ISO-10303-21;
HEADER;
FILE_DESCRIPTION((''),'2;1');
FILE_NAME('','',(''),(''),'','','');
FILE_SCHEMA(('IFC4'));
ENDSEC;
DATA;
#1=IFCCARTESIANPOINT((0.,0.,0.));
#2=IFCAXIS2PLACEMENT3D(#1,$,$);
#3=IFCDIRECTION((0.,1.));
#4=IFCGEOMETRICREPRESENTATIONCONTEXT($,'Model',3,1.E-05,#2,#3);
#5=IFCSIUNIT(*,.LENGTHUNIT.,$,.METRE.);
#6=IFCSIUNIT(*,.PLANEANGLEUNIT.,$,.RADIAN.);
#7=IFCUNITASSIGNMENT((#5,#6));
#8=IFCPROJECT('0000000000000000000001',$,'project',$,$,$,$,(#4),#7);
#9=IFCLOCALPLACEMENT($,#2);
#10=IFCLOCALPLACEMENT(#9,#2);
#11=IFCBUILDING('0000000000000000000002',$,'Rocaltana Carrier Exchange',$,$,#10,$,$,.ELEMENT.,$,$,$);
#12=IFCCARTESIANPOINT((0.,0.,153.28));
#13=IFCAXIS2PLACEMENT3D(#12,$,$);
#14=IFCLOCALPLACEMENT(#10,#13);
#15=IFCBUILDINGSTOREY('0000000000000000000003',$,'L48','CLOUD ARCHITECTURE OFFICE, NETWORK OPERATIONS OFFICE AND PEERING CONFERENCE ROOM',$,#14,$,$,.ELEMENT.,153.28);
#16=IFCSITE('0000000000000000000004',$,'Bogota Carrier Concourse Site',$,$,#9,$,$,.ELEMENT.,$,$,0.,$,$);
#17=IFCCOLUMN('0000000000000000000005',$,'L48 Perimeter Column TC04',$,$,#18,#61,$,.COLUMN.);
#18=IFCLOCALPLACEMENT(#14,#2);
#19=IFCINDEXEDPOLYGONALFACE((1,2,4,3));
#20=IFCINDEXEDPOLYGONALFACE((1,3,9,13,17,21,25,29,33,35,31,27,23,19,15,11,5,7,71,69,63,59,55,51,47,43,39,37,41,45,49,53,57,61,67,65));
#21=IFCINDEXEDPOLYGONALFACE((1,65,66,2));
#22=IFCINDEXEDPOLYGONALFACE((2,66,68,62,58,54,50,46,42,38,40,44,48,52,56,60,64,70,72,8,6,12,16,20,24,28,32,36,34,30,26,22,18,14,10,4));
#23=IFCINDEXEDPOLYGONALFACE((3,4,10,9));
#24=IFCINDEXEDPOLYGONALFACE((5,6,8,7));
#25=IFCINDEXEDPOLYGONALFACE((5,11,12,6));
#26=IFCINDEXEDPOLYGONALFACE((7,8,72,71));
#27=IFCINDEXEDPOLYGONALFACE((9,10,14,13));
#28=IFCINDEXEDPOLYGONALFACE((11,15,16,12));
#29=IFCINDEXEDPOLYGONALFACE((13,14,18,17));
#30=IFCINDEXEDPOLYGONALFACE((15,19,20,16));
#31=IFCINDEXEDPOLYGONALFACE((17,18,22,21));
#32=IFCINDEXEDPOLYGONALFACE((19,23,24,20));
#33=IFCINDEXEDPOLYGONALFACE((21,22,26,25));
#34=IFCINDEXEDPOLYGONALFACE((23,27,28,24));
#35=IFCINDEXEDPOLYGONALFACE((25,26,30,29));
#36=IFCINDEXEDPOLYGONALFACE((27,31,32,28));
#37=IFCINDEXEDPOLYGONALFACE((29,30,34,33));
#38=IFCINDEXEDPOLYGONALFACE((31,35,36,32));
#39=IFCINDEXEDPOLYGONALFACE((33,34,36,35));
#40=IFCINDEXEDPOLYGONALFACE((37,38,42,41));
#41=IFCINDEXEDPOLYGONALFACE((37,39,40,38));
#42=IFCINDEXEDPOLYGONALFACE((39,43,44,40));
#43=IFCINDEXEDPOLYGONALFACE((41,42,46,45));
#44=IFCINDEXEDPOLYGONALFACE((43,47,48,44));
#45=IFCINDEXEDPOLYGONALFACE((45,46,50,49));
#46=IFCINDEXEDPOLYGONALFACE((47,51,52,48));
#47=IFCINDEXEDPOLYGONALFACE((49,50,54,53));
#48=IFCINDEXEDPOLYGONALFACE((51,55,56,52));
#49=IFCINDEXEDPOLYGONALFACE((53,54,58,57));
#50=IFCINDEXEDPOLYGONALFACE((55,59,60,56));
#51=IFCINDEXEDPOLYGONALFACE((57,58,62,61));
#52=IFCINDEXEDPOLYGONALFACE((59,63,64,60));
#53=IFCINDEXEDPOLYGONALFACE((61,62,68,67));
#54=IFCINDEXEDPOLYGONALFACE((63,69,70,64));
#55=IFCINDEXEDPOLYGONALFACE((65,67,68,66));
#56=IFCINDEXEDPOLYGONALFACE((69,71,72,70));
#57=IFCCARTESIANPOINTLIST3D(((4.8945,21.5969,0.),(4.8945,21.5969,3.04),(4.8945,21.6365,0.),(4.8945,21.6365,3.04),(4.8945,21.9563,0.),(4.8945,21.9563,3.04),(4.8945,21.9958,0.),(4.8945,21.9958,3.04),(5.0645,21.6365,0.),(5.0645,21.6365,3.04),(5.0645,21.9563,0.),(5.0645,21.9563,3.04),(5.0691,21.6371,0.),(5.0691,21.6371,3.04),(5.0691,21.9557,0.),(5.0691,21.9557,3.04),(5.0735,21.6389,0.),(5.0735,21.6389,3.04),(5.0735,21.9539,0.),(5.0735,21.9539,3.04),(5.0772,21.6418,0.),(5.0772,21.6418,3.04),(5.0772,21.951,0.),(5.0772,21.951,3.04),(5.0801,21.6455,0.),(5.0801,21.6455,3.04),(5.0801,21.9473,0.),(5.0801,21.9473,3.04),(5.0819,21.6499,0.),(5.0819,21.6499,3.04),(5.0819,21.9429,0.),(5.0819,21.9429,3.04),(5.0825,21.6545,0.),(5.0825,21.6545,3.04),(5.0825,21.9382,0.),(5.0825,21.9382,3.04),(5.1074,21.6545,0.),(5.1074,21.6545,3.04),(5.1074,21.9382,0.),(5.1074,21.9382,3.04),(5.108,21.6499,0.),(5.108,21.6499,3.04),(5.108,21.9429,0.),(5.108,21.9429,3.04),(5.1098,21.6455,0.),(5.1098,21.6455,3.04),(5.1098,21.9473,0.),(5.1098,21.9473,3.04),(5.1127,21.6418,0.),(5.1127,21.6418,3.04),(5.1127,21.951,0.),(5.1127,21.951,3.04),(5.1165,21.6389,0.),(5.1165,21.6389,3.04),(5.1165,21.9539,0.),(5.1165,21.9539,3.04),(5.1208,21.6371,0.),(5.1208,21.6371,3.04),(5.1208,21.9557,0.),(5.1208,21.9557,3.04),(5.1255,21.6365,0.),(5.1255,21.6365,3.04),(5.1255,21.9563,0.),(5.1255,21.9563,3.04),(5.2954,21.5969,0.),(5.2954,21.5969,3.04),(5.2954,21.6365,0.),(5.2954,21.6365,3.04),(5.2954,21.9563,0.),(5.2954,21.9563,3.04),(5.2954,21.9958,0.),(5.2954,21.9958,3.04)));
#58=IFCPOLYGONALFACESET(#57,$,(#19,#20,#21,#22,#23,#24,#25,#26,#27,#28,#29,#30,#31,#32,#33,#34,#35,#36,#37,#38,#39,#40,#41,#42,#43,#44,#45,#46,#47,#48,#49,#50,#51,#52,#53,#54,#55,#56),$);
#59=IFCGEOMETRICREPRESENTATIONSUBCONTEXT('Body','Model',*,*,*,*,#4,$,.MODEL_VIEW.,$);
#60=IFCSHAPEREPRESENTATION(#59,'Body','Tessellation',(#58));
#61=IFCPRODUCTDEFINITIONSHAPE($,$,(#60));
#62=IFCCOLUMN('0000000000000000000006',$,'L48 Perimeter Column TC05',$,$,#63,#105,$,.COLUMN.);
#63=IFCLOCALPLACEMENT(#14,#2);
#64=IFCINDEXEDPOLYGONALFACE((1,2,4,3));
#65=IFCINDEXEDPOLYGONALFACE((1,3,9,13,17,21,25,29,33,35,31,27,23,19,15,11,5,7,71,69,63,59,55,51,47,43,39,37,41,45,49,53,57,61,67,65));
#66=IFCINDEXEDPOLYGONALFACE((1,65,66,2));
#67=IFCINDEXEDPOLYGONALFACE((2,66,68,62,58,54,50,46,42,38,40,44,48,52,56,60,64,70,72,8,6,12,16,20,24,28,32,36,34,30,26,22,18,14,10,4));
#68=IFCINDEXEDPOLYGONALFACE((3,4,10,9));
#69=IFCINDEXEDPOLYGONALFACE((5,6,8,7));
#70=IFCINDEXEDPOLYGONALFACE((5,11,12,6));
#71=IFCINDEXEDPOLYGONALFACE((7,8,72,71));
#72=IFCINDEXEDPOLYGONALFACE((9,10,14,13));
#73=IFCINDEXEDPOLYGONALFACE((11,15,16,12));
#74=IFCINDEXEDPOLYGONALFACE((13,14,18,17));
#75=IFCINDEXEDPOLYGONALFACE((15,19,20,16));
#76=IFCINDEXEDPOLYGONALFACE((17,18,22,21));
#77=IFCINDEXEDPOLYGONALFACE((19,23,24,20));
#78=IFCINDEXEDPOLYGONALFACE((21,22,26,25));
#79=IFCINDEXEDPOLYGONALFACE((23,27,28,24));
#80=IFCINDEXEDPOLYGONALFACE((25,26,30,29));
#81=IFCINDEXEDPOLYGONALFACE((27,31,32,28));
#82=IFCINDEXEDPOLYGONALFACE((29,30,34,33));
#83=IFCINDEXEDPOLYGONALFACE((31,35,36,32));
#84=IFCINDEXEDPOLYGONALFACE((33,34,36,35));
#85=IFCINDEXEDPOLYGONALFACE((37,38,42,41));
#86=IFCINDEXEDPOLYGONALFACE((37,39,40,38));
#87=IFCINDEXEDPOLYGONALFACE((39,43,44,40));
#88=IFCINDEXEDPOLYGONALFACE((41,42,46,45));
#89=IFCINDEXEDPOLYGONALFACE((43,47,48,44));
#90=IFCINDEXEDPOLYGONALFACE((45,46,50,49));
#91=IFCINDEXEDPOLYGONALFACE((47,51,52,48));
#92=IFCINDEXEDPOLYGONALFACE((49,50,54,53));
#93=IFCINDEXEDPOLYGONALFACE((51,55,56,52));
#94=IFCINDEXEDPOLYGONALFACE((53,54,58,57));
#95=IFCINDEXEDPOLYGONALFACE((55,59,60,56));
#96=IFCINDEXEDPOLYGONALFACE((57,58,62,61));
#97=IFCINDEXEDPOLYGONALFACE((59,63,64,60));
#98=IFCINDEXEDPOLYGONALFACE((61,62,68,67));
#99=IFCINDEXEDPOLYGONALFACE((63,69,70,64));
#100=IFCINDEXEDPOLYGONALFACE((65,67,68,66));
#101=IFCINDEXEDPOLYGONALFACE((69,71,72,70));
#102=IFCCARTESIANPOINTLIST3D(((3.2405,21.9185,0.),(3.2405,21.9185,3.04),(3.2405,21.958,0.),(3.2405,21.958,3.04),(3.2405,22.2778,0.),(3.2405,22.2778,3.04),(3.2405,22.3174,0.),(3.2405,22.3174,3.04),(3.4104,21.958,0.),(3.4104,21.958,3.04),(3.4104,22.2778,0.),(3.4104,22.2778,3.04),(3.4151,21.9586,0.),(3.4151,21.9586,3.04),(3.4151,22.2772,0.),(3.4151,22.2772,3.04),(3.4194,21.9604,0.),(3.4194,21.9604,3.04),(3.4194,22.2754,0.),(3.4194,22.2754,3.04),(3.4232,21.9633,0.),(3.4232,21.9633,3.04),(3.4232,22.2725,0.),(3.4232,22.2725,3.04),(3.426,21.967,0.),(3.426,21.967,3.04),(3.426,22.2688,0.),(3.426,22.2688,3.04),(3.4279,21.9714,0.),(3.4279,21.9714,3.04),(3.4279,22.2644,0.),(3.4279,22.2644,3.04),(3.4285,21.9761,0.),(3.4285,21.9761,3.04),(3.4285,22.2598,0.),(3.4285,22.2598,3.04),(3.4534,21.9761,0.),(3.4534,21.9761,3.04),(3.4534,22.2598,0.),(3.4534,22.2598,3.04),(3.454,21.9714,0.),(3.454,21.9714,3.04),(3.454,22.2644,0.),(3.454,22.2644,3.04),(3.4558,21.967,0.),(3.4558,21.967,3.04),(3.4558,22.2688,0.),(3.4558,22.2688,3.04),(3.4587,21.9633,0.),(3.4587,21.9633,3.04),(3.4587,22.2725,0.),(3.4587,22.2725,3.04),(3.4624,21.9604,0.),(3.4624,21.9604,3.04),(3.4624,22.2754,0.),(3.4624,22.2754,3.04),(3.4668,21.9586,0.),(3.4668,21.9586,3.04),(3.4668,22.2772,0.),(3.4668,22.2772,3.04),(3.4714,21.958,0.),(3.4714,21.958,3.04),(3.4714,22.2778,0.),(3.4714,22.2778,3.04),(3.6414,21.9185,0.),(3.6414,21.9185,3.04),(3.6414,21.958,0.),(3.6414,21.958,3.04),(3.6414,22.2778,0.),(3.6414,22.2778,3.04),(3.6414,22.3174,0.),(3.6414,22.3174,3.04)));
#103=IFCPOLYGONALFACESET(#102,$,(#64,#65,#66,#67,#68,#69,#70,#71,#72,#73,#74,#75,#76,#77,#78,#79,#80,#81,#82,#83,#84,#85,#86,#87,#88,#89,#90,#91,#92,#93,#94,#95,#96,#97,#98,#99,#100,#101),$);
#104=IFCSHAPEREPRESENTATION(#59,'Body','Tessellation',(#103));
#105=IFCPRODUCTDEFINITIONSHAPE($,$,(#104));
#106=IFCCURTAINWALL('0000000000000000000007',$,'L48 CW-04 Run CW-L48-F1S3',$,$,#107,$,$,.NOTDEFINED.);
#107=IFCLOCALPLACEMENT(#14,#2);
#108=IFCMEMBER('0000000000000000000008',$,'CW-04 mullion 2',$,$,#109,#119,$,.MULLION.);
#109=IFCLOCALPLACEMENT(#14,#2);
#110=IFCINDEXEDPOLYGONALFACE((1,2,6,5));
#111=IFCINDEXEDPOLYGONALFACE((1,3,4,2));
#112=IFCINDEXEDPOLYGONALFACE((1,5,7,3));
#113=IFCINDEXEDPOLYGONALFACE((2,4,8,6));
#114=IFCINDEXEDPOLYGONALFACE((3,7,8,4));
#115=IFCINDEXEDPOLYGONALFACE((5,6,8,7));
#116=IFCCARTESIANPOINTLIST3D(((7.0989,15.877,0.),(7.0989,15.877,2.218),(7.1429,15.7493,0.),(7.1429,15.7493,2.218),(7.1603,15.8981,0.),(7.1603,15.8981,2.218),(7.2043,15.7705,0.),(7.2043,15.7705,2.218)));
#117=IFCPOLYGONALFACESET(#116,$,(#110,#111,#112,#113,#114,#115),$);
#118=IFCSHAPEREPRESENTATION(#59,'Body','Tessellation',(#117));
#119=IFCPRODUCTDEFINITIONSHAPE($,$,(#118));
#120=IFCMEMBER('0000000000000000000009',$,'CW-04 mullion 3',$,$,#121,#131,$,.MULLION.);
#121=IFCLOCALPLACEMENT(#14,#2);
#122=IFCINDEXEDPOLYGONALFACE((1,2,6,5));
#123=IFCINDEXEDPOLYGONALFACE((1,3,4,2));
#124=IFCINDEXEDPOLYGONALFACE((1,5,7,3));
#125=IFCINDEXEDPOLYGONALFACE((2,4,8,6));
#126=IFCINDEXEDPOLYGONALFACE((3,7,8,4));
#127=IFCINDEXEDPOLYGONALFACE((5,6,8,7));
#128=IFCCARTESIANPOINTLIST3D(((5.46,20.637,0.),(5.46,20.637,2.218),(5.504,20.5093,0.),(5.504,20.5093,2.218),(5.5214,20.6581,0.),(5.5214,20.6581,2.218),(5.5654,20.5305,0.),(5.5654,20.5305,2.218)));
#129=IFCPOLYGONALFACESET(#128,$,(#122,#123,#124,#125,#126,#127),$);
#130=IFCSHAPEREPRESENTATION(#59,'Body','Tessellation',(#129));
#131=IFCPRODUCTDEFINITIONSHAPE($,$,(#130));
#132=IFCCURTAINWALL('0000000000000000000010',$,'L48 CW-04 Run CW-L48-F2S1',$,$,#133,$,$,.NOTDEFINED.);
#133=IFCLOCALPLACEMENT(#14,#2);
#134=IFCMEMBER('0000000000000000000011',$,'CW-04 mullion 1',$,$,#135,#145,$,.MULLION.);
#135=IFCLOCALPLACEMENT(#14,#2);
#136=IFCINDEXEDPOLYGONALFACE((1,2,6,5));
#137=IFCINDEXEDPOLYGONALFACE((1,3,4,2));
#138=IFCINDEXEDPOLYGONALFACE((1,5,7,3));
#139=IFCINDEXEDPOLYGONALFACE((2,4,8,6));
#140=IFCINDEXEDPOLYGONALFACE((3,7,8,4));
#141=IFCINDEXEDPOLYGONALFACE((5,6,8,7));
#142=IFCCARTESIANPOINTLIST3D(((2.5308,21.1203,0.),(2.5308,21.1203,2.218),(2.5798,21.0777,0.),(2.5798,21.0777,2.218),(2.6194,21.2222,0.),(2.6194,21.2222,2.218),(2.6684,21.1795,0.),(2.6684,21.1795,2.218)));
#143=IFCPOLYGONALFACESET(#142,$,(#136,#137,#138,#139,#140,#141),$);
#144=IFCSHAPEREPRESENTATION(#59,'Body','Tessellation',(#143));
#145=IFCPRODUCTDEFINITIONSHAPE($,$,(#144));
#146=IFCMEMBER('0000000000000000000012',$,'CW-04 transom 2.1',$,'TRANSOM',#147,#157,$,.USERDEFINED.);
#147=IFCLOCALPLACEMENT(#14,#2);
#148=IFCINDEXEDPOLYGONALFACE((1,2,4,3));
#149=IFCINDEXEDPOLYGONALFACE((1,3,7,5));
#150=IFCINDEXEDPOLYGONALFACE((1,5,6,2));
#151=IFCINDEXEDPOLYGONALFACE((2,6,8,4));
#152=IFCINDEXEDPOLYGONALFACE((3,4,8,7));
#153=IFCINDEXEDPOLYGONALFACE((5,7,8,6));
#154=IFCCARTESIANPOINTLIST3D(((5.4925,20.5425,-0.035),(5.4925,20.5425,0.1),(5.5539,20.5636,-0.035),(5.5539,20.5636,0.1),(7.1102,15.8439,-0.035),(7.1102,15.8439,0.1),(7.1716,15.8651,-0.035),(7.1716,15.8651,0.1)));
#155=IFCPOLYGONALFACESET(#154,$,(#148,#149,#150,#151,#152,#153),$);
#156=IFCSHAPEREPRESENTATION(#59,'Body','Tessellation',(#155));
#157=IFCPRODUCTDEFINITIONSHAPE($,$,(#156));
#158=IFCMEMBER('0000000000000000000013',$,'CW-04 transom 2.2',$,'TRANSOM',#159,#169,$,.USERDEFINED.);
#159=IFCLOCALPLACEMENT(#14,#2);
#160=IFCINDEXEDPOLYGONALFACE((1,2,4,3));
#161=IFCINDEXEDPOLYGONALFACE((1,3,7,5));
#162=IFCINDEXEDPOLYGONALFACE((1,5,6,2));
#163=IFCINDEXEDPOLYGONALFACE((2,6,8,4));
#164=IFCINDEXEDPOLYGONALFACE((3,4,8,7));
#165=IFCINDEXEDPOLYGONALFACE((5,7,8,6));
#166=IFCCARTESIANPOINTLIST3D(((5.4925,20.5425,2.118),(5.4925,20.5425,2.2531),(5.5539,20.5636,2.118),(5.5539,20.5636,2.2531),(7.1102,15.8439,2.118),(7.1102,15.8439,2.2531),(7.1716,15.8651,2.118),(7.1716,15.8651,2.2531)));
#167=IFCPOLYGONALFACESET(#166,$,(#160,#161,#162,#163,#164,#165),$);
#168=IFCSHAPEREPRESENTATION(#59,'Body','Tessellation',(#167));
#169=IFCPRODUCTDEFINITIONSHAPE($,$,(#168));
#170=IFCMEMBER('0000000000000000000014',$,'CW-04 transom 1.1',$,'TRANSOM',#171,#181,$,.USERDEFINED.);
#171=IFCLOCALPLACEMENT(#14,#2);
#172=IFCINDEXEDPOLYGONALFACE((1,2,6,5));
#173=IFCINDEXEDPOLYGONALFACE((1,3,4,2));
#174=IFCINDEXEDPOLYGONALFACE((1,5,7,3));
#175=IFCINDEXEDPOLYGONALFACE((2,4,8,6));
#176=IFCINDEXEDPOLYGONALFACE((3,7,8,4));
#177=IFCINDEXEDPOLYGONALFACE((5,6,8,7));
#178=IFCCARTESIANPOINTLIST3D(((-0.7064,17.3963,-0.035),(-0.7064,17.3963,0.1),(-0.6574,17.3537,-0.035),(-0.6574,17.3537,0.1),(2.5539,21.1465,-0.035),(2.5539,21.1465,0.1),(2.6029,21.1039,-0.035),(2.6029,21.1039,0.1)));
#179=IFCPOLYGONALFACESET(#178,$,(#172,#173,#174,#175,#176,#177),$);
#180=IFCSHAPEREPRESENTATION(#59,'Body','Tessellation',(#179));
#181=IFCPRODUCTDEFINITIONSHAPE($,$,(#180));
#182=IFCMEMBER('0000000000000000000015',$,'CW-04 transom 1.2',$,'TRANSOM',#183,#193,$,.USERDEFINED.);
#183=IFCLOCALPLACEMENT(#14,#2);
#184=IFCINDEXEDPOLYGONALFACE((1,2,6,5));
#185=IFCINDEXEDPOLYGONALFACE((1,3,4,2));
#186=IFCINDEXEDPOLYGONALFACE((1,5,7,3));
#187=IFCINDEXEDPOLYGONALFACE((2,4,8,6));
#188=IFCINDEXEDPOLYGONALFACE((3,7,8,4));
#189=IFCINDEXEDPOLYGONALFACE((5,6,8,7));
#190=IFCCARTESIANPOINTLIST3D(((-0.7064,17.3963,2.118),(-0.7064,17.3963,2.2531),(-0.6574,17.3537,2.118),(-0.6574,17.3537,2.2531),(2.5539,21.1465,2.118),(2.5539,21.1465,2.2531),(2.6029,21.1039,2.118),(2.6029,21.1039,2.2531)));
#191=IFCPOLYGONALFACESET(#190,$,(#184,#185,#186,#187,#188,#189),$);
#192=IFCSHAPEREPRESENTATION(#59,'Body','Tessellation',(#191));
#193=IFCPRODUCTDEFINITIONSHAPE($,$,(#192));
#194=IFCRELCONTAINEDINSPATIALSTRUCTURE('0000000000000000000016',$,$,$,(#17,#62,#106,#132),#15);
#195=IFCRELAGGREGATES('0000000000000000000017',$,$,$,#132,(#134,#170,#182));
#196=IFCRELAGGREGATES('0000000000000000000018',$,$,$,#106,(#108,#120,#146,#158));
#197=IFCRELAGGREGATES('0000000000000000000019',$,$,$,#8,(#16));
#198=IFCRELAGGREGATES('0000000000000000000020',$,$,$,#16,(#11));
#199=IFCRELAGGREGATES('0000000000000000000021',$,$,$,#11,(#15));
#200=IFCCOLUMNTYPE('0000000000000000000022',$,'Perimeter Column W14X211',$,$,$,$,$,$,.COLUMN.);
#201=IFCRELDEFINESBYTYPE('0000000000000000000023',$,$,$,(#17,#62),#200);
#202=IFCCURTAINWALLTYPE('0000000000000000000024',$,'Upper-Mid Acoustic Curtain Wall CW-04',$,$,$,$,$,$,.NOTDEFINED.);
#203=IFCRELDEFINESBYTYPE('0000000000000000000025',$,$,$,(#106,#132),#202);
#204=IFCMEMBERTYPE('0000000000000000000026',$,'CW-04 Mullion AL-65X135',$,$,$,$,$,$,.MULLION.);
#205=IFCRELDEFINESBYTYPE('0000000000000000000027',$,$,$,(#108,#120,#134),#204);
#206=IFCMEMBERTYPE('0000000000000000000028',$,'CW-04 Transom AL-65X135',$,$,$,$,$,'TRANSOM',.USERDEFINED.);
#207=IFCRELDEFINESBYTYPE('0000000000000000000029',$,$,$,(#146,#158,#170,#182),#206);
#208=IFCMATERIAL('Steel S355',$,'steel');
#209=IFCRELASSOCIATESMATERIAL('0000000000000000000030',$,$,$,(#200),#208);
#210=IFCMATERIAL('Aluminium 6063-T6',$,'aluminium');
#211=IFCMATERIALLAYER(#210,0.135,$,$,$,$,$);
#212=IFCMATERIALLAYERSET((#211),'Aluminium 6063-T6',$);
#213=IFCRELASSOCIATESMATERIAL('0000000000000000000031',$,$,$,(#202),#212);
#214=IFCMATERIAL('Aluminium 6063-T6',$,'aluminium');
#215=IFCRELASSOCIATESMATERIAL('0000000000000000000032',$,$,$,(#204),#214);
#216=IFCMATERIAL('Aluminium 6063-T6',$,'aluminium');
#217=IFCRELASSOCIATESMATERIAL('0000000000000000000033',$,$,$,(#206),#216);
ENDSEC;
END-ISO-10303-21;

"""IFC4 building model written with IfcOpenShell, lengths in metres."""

from ifc_helpers import new_model, si_unit, direction, frame, origin, origin_2d, place, context, subcontext, project, spatial, rectangle, i_section, extrude, material, layer, layer_set, material_profile, profile_set, type_object, element, aggregate, save


model = new_model("IFC4")

# Units and contexts
model_context = context("Model", 3, precision=1e-05, world=origin(), true_north=direction((0.0, 1.0)))
body_context = subcontext(model_context, "Body", "Model", "MODEL_VIEW")
ifc_project = project(units=[si_unit("LENGTHUNIT", "METRE"), si_unit("PLANEANGLEUNIT", "RADIAN")], contexts=[model_context])

# Site, building, storey
site_placement = place(None, origin())
site = spatial("IfcSite", under=ifc_project, at=site_placement, Name="Bogota Carrier Concourse Site", CompositionType="ELEMENT", RefElevation=0.0)
building_placement = place(site_placement, origin())
building = spatial("IfcBuilding", under=site, at=building_placement, Name="Rocaltana Carrier Exchange", CompositionType="ELEMENT")
storey_placement = place(building_placement, frame((0.0, 0.0, 153.28)))
storey = spatial("IfcBuildingStorey", under=building, at=storey_placement, Name="L48", Description="CLOUD ARCHITECTURE OFFICE, NETWORK OPERATIONS OFFICE AND PEERING CONFERENCE ROOM", CompositionType="ELEMENT", Elevation=153.28)

# Columns
ifc_material_1 = material(Name="Steel S355", Category="steel")
ifc_material_profile_1 = material_profile(ifc_material_1, i_section(OverallWidth=0.4009, OverallDepth=0.3989, WebThickness=0.0249, FlangeThickness=0.0396, FilletRadius=0.0181, at=origin_2d()), Name="W14X211")
ifc_profile_set_1 = profile_set([ifc_material_profile_1], Name="Steel S355")
column_type = type_object("IfcColumnType", Name="Perimeter Column W14X211", PredefinedType="COLUMN", material=ifc_profile_set_1)
for number, where, z_axis, x_axis, name in (
    (1, (5.095, 21.7964, 0.0), (0.0, 0.0, 1.0), (1.0, 0.0, 0.0), "L48 Perimeter Column TC04"),
    (2, (3.4409, 22.1179, 0.0), (0.0, 0.0, 1.0), (1.0, 0.0, 0.0), "L48 Perimeter Column TC05"),
):
    element("IfcColumn", number, at=place(storey_placement, frame(where, z_axis=z_axis, x_axis=x_axis)), inside=storey, type_object=column_type, Name=name, PredefinedType="COLUMN", context=body_context, shape_type="SweptSolid", body=[
        extrude(i_section(OverallWidth=0.4009, OverallDepth=0.3989, WebThickness=0.0249, FlangeThickness=0.0396, FilletRadius=0.0181, at=origin_2d()), origin(), (0.0, 0.0, 1.0), 3.04),
    ])

# Curtain wall, members
ifc_material_2 = material(Name="Aluminium 6063-T6", Category="aluminium")
ifc_layer_1 = layer(ifc_material_2, 0.135)
ifc_layer_set_1 = layer_set([ifc_layer_1], Name="Aluminium 6063-T6")
curtain_wall_type = type_object("IfcCurtainWallType", Name="Upper-Mid Acoustic Curtain Wall CW-04", PredefinedType="NOTDEFINED", material=ifc_layer_set_1)
curtain_wall_1_placement = place(storey_placement, origin())
curtain_wall_1 = element("IfcCurtainWall", 3, at=curtain_wall_1_placement, inside=storey, type_object=curtain_wall_type, Name="L48 CW-04 Run CW-L48-F1S3", PredefinedType="NOTDEFINED")
ifc_material_3 = material(Name="Aluminium 6063-T6", Category="aluminium")
ifc_material_profile_2 = material_profile(ifc_material_3, rectangle(XDim=0.0649, YDim=0.135, at=origin_2d()), Name="AL-65X135")
ifc_profile_set_2 = profile_set([ifc_material_profile_2], Name="Aluminium 6063-T6")
member_type_1 = type_object("IfcMemberType", Name="CW-04 Mullion AL-65X135", PredefinedType="MULLION", material=ifc_profile_set_2)
member_1_placement = place(storey_placement, frame((7.1516, 15.8237, 0.0), z_axis=(0.0, 0.0, 1.0), x_axis=(-0.945522, -0.325559, 0.0)))
member_1 = element("IfcMember", 4, at=member_1_placement, type_object=member_type_1, Name="CW-04 mullion 2", PredefinedType="MULLION", context=body_context, shape_type="SweptSolid", body=[
    extrude(rectangle(XDim=0.0649, YDim=0.135, at=origin_2d()), origin(), (0.0, 0.0, 1.0), 2.218),
])
member_2_placement = place(storey_placement, frame((5.5127, 20.5837, 0.0), z_axis=(0.0, 0.0, 1.0), x_axis=(-0.945522, -0.325559, 0.0)))
member_2 = element("IfcMember", 5, at=member_2_placement, type_object=member_type_1, Name="CW-04 mullion 3", PredefinedType="MULLION", context=body_context, shape_type="SweptSolid", body=[
    extrude(rectangle(XDim=0.0649, YDim=0.135, at=origin_2d()), origin(), (0.0, 0.0, 1.0), 2.218),
])

# Curtain wall, member
curtain_wall_2_placement = place(storey_placement, origin())
curtain_wall_2 = element("IfcCurtainWall", 6, at=curtain_wall_2_placement, inside=storey, type_object=curtain_wall_type, Name="L48 CW-04 Run CW-L48-F2S1", PredefinedType="NOTDEFINED")
member_3_placement = place(storey_placement, frame((2.5996, 21.1499, 0.0), z_axis=(0.0, 0.0, 1.0), x_axis=(0.754712, -0.656057, 0.0)))
member_3 = element("IfcMember", 7, at=member_3_placement, type_object=member_type_1, Name="CW-04 mullion 1", PredefinedType="MULLION", context=body_context, shape_type="SweptSolid", body=[
    extrude(rectangle(XDim=0.0649, YDim=0.135, at=origin_2d()), origin(), (0.0, 0.0, 1.0), 2.218),
])

# Members
ifc_material_4 = material(Name="Aluminium 6063-T6", Category="aluminium")
ifc_material_profile_3 = material_profile(ifc_material_4, rectangle(XDim=0.0649, YDim=0.135, at=origin_2d()), Name="AL-65X135")
ifc_profile_set_3 = profile_set([ifc_material_profile_3], Name="Aluminium 6063-T6")
member_type_2 = type_object("IfcMemberType", Name="CW-04 Transom AL-65X135", ElementType="TRANSOM", PredefinedType="USERDEFINED", material=ifc_profile_set_3)
member_4_placement = place(storey_placement, frame((7.1409, 15.8545, 0.0325), z_axis=(-0.325542, 0.945527, 0.0), x_axis=(-0.945527, -0.325542, 0.0)))
member_4 = element("IfcMember", 8, at=member_4_placement, type_object=member_type_2, Name="CW-04 transom 2.1", ObjectType="TRANSOM", PredefinedType="USERDEFINED", context=body_context, shape_type="SweptSolid", body=[
    extrude(rectangle(XDim=0.0649, YDim=0.135, at=origin_2d()), origin(), (0.0, 0.0, 1.0), 4.9692),
])
member_5_placement = place(storey_placement, frame((7.1409, 15.8545, 2.1855), z_axis=(-0.325542, 0.945527, 0.0), x_axis=(-0.945527, -0.325542, 0.0)))
member_5 = element("IfcMember", 9, at=member_5_placement, type_object=member_type_2, Name="CW-04 transom 2.2", ObjectType="TRANSOM", PredefinedType="USERDEFINED", context=body_context, shape_type="SweptSolid", body=[
    extrude(rectangle(XDim=0.0649, YDim=0.135, at=origin_2d()), origin(), (0.0, 0.0, 1.0), 4.9692),
])
member_6_placement = place(storey_placement, frame((2.5784, 21.1252, 0.0325), z_axis=(-0.656084, -0.754688, 0.0), x_axis=(0.754688, -0.656084, 0.0)))
member_6 = element("IfcMember", 10, at=member_6_placement, type_object=member_type_2, Name="CW-04 transom 1.1", ObjectType="TRANSOM", PredefinedType="USERDEFINED", context=body_context, shape_type="SweptSolid", body=[
    extrude(rectangle(XDim=0.0649, YDim=0.135, at=origin_2d()), origin(), (0.0, 0.0, 1.0), 4.9692),
])
member_7_placement = place(storey_placement, frame((2.5784, 21.1252, 2.1855), z_axis=(-0.656084, -0.754688, 0.0), x_axis=(0.754688, -0.656084, 0.0)))
member_7 = element("IfcMember", 11, at=member_7_placement, type_object=member_type_2, Name="CW-04 transom 1.2", ObjectType="TRANSOM", PredefinedType="USERDEFINED", context=body_context, shape_type="SweptSolid", body=[
    extrude(rectangle(XDim=0.0649, YDim=0.135, at=origin_2d()), origin(), (0.0, 0.0, 1.0), 4.9692),
])
aggregate(curtain_wall_2, [member_3, member_6, member_7])

aggregate(curtain_wall_1, [member_1, member_2, member_4, member_5])

save(model, "model.ifc")
